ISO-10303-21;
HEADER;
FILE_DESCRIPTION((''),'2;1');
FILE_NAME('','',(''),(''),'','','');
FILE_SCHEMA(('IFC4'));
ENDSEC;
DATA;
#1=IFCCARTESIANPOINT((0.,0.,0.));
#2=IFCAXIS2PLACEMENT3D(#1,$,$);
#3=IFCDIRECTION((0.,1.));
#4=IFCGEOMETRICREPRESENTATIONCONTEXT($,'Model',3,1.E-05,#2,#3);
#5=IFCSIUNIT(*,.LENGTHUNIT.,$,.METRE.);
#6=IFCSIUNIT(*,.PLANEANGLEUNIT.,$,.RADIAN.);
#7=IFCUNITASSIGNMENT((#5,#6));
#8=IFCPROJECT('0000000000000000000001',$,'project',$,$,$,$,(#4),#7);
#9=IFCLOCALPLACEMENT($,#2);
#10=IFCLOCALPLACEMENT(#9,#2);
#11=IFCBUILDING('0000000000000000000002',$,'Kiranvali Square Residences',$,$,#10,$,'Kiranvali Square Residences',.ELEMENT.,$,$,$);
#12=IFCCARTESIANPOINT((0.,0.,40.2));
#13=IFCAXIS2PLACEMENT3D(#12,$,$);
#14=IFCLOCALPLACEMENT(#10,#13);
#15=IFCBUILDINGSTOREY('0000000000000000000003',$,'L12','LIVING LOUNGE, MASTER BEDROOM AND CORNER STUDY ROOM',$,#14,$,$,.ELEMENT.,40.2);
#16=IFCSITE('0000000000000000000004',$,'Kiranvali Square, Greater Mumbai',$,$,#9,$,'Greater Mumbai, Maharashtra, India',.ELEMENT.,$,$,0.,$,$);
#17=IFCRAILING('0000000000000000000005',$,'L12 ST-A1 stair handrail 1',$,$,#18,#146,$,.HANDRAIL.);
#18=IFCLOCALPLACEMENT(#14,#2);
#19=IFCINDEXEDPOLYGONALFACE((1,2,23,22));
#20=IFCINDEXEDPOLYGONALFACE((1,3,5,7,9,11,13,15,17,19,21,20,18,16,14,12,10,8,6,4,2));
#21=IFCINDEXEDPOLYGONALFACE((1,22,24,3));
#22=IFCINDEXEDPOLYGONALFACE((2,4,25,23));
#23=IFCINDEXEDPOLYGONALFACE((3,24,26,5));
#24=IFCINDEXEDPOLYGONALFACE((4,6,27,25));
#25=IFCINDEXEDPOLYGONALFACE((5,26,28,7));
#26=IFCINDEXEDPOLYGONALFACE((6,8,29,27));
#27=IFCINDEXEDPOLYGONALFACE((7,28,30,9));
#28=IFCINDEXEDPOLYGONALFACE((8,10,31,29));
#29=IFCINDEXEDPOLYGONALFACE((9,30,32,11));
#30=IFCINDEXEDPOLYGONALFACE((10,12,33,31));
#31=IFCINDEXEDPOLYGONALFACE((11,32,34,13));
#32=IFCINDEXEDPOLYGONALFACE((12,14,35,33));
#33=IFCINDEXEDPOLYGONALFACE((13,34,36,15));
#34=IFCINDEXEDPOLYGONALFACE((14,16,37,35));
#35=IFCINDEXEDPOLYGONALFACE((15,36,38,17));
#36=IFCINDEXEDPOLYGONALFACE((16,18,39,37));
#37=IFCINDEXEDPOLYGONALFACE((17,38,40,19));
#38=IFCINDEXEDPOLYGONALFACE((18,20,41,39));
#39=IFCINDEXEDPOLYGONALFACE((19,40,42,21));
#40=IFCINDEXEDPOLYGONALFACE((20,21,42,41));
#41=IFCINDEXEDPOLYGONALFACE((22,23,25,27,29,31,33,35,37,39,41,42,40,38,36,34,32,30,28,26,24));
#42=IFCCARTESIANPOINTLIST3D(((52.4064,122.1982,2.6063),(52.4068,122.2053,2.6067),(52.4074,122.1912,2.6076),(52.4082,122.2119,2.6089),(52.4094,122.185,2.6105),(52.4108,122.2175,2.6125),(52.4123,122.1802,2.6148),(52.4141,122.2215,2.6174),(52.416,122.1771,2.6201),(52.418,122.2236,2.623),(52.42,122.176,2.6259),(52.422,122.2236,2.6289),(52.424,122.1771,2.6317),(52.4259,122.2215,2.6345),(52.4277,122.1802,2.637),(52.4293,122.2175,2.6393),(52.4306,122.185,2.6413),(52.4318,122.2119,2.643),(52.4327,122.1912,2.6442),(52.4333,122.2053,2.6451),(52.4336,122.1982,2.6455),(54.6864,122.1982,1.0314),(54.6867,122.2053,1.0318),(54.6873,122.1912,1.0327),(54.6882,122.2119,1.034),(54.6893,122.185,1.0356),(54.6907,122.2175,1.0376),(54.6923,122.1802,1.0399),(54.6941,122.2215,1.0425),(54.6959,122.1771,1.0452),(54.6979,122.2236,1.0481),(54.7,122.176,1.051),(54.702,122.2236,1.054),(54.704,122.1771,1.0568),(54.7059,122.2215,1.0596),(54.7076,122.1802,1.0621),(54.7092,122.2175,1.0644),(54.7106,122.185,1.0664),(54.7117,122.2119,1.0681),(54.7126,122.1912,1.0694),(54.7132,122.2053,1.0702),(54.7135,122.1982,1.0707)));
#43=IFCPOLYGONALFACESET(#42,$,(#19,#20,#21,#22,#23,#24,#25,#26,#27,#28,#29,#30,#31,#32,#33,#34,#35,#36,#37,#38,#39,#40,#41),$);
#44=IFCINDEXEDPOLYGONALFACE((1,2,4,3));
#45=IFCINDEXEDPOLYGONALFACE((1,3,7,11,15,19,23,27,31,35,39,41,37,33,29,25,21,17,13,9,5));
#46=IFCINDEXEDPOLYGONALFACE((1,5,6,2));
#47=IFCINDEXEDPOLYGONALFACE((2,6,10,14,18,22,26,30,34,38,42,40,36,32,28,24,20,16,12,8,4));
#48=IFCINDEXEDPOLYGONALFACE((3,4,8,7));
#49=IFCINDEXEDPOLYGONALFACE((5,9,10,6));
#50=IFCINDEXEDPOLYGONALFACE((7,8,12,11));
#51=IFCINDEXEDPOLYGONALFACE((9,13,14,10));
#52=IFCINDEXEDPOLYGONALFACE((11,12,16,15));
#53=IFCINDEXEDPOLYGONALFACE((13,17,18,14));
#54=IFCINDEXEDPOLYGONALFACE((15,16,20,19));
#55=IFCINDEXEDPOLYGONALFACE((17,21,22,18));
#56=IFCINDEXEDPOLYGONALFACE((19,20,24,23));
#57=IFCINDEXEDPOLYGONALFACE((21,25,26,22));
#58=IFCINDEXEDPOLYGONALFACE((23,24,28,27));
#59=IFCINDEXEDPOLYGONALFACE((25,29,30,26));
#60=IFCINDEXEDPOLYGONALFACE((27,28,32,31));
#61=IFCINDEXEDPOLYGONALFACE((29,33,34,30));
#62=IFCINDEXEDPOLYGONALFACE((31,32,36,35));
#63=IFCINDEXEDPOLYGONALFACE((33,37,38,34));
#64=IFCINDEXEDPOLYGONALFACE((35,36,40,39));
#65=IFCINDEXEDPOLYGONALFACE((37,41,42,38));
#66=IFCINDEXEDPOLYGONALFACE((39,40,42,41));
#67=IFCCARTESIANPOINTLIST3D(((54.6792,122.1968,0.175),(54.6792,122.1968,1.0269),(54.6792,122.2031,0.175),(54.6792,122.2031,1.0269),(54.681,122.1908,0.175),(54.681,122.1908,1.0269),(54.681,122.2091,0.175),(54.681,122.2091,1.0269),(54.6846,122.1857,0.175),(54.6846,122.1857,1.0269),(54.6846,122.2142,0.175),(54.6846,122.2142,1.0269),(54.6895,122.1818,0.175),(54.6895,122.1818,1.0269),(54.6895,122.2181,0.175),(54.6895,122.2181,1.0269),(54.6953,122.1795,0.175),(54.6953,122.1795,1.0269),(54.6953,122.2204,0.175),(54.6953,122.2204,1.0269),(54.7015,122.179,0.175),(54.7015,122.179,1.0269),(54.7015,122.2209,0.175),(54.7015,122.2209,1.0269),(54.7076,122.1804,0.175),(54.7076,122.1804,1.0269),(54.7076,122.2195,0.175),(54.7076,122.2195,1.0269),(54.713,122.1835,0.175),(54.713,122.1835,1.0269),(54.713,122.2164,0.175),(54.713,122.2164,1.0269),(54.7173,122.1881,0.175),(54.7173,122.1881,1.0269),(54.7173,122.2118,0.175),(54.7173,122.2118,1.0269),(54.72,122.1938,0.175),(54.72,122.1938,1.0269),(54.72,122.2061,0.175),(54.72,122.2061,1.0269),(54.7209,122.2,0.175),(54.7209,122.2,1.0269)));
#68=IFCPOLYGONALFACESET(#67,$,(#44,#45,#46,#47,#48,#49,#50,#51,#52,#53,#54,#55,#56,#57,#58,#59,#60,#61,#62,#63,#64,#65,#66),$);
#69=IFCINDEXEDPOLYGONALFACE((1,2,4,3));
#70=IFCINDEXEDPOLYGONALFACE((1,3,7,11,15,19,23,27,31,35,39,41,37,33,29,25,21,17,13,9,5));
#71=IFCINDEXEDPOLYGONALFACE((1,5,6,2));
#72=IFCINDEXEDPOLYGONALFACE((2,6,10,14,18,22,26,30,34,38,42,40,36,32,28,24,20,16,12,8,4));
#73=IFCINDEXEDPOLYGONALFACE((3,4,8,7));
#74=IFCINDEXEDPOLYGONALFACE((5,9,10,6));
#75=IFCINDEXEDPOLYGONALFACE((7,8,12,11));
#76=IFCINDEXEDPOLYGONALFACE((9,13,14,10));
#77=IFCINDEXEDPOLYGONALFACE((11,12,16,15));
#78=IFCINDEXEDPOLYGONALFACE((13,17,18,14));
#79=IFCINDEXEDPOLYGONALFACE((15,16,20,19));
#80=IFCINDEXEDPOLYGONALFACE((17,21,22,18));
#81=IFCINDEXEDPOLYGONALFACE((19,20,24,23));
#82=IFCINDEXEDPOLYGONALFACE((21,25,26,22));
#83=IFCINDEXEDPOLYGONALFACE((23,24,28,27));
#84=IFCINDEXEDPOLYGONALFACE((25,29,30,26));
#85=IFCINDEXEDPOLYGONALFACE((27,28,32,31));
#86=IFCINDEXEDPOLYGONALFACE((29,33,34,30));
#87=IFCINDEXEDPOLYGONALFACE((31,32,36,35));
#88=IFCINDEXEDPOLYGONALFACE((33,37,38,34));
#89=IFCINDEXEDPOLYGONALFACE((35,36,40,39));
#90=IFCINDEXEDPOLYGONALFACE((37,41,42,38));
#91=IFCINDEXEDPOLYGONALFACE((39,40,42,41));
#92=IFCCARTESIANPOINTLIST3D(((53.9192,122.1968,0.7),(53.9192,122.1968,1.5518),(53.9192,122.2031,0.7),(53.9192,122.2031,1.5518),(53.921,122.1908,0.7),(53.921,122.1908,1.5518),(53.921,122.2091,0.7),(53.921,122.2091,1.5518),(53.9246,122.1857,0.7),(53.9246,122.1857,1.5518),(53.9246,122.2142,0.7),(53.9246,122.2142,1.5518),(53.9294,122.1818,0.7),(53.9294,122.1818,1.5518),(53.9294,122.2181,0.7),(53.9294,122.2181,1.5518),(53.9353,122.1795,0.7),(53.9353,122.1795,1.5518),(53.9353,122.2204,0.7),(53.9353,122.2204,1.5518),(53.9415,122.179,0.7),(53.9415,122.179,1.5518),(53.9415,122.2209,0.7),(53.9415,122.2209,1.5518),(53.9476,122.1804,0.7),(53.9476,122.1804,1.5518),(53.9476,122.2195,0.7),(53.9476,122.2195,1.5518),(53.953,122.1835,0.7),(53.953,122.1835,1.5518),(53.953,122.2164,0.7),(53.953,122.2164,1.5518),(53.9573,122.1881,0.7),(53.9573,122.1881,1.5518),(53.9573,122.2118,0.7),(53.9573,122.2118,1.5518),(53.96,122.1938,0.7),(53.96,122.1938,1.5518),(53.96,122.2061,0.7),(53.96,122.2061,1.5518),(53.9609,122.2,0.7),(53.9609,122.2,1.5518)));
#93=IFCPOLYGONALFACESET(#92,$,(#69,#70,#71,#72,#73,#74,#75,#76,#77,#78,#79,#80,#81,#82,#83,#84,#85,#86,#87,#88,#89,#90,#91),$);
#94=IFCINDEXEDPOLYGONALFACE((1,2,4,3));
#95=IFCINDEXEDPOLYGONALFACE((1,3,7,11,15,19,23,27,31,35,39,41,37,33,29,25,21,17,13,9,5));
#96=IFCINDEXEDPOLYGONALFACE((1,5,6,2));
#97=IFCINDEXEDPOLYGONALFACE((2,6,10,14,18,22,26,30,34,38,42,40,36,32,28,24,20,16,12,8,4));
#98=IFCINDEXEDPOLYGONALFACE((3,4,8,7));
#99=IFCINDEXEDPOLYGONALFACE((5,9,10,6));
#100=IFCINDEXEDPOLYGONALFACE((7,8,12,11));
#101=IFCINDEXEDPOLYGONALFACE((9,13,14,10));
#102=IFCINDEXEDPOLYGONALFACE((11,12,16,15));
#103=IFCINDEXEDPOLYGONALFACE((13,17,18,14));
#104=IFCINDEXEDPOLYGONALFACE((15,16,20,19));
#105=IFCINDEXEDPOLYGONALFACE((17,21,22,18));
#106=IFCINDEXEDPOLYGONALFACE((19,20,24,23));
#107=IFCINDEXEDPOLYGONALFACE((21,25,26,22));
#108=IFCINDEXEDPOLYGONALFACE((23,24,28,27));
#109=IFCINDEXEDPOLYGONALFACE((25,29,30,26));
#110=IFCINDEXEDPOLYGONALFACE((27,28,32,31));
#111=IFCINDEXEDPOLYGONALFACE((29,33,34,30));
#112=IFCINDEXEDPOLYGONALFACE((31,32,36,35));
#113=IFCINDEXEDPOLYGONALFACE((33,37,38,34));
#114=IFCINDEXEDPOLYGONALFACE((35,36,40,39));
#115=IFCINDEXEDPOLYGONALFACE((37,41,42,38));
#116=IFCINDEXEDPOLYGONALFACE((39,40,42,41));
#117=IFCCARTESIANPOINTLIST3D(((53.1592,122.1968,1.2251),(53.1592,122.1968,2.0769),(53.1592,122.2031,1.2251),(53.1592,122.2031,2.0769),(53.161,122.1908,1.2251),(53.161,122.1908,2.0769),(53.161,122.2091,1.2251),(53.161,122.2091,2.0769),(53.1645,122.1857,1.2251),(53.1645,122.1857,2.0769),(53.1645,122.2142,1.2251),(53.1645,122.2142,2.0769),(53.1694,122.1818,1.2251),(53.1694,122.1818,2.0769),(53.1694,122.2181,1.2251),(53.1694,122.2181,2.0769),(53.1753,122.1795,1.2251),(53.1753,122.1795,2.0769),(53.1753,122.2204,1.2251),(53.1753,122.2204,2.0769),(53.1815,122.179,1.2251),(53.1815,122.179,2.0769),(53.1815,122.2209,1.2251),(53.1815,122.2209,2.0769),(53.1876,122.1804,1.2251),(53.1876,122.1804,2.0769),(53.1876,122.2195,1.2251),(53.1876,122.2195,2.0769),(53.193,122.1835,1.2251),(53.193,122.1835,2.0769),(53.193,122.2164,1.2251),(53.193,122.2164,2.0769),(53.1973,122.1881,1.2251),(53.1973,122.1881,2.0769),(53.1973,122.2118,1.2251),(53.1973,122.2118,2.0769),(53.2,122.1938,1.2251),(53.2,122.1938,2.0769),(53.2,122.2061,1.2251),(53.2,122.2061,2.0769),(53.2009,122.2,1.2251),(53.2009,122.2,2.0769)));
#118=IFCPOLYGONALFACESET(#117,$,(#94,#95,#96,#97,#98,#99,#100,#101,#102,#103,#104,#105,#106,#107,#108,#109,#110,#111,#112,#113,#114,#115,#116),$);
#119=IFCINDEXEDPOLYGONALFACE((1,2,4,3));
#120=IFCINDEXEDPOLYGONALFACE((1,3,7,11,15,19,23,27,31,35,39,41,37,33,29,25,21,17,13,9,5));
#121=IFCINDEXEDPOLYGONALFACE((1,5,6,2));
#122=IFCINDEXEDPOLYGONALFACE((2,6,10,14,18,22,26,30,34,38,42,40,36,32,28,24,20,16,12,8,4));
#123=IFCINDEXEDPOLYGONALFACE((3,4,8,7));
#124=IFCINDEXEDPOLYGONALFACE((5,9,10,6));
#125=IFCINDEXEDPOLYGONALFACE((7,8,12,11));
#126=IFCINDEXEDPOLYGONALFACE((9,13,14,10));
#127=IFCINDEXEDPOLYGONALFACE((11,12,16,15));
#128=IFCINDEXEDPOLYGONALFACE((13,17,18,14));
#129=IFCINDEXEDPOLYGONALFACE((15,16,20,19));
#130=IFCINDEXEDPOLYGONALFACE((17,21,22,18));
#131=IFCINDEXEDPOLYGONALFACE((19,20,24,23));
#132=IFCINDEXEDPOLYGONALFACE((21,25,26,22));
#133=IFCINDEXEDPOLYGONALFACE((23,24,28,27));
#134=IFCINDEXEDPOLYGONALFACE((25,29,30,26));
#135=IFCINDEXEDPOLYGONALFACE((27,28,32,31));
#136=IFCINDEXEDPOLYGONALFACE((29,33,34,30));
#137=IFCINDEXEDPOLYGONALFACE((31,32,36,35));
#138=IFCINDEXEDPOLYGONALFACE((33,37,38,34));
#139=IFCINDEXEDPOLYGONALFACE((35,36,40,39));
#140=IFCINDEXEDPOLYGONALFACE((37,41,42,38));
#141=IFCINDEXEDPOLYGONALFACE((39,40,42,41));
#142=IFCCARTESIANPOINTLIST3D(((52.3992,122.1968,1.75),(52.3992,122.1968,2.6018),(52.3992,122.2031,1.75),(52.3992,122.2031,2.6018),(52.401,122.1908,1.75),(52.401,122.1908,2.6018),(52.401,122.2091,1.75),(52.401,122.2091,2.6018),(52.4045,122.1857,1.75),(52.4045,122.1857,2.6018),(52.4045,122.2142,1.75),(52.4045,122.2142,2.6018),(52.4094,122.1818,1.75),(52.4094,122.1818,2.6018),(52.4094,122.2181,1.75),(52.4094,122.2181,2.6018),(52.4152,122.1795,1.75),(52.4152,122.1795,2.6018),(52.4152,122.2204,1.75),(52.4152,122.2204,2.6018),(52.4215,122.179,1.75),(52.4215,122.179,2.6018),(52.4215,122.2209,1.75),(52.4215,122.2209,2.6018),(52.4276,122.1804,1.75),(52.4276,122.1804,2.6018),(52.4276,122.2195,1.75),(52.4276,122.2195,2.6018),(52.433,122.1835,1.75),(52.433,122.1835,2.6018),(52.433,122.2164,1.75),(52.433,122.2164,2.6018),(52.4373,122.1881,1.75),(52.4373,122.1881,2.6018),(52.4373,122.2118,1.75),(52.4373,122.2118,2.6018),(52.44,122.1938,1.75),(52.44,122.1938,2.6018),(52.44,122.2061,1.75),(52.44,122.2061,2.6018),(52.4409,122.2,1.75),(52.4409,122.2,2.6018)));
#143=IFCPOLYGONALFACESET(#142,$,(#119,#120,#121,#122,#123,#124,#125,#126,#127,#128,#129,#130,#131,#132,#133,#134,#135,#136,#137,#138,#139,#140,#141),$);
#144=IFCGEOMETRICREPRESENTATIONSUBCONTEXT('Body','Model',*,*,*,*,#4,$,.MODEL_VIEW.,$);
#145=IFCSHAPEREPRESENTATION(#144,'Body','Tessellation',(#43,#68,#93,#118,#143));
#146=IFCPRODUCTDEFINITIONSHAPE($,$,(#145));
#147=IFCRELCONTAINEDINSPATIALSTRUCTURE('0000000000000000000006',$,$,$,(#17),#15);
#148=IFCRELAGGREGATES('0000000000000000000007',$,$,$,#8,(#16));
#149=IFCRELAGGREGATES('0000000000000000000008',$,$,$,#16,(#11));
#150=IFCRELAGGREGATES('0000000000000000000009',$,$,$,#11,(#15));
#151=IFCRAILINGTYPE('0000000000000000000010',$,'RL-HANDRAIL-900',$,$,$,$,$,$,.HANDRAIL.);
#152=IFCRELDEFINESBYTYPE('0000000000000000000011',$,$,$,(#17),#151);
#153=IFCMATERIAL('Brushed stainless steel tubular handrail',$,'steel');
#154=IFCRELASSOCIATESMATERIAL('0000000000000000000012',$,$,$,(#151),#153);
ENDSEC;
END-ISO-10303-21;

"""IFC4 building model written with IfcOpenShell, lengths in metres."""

from ifc_helpers import new_model, si_unit, direction, frame, origin, origin_2d, place, context, subcontext, project, spatial, circle, extrude, material, type_object, element, save


model = new_model("IFC4")

# Units and contexts
model_context = context("Model", 3, precision=1e-05, world=origin(), true_north=direction((0.0, 1.0)))
body_context = subcontext(model_context, "Body", "Model", "MODEL_VIEW")
ifc_project = project(units=[si_unit("LENGTHUNIT", "METRE"), si_unit("PLANEANGLEUNIT", "RADIAN")], contexts=[model_context])

# Site, building, storey
site_placement = place(None, origin())
site = spatial("IfcSite", under=ifc_project, at=site_placement, Name="Kiranvali Square, Greater Mumbai", LongName="Greater Mumbai, Maharashtra, India", CompositionType="ELEMENT", RefElevation=0.0)
building_placement = place(site_placement, origin())
building = spatial("IfcBuilding", under=site, at=building_placement, Name="Kiranvali Square Residences", LongName="Kiranvali Square Residences", CompositionType="ELEMENT")
storey_placement = place(building_placement, frame((0.0, 0.0, 40.2)))
storey = spatial("IfcBuildingStorey", under=building, at=storey_placement, Name="L12", Description="LIVING LOUNGE, MASTER BEDROOM AND CORNER STUDY ROOM", CompositionType="ELEMENT", Elevation=40.2)

# Railing
ifc_material_1 = material(Name="Brushed stainless steel tubular handrail", Category="steel")
railing_type = type_object("IfcRailingType", Name="RL-HANDRAIL-900", PredefinedType="HANDRAIL", material=ifc_material_1)
railing_placement = place(storey_placement, frame((54.7, 122.2, 0.175)))
element("IfcRailing", 1, at=railing_placement, inside=storey, type_object=railing_type, Name="L12 ST-A1 stair handrail 1", PredefinedType="HANDRAIL", context=body_context, shape_type="SweptSolid", body=[
    extrude(circle(Radius=0.0239, at=origin_2d()), frame((0.0, 0.0, 0.876), z_axis=(-0.822788, 0.0, 0.568348), x_axis=(0.0, -1.0, 0.0)), (0.0, 0.0, 1.0), 2.771),
    extrude(circle(Radius=0.021, at=origin_2d()), origin(), (0.0, 0.0, 1.0), 0.8518),
    extrude(circle(Radius=0.021, at=origin_2d()), frame((-0.76, 0.0, 0.5249)), (0.0, 0.0, 1.0), 0.8518),
    extrude(circle(Radius=0.021, at=origin_2d()), frame((-1.52, 0.0, 1.05)), (0.0, 0.0, 1.0), 0.8518),
    extrude(circle(Radius=0.021, at=origin_2d()), frame((-2.28, 0.0, 1.575)), (0.0, 0.0, 1.0), 0.8518),
])

save(model, "model.ifc")
